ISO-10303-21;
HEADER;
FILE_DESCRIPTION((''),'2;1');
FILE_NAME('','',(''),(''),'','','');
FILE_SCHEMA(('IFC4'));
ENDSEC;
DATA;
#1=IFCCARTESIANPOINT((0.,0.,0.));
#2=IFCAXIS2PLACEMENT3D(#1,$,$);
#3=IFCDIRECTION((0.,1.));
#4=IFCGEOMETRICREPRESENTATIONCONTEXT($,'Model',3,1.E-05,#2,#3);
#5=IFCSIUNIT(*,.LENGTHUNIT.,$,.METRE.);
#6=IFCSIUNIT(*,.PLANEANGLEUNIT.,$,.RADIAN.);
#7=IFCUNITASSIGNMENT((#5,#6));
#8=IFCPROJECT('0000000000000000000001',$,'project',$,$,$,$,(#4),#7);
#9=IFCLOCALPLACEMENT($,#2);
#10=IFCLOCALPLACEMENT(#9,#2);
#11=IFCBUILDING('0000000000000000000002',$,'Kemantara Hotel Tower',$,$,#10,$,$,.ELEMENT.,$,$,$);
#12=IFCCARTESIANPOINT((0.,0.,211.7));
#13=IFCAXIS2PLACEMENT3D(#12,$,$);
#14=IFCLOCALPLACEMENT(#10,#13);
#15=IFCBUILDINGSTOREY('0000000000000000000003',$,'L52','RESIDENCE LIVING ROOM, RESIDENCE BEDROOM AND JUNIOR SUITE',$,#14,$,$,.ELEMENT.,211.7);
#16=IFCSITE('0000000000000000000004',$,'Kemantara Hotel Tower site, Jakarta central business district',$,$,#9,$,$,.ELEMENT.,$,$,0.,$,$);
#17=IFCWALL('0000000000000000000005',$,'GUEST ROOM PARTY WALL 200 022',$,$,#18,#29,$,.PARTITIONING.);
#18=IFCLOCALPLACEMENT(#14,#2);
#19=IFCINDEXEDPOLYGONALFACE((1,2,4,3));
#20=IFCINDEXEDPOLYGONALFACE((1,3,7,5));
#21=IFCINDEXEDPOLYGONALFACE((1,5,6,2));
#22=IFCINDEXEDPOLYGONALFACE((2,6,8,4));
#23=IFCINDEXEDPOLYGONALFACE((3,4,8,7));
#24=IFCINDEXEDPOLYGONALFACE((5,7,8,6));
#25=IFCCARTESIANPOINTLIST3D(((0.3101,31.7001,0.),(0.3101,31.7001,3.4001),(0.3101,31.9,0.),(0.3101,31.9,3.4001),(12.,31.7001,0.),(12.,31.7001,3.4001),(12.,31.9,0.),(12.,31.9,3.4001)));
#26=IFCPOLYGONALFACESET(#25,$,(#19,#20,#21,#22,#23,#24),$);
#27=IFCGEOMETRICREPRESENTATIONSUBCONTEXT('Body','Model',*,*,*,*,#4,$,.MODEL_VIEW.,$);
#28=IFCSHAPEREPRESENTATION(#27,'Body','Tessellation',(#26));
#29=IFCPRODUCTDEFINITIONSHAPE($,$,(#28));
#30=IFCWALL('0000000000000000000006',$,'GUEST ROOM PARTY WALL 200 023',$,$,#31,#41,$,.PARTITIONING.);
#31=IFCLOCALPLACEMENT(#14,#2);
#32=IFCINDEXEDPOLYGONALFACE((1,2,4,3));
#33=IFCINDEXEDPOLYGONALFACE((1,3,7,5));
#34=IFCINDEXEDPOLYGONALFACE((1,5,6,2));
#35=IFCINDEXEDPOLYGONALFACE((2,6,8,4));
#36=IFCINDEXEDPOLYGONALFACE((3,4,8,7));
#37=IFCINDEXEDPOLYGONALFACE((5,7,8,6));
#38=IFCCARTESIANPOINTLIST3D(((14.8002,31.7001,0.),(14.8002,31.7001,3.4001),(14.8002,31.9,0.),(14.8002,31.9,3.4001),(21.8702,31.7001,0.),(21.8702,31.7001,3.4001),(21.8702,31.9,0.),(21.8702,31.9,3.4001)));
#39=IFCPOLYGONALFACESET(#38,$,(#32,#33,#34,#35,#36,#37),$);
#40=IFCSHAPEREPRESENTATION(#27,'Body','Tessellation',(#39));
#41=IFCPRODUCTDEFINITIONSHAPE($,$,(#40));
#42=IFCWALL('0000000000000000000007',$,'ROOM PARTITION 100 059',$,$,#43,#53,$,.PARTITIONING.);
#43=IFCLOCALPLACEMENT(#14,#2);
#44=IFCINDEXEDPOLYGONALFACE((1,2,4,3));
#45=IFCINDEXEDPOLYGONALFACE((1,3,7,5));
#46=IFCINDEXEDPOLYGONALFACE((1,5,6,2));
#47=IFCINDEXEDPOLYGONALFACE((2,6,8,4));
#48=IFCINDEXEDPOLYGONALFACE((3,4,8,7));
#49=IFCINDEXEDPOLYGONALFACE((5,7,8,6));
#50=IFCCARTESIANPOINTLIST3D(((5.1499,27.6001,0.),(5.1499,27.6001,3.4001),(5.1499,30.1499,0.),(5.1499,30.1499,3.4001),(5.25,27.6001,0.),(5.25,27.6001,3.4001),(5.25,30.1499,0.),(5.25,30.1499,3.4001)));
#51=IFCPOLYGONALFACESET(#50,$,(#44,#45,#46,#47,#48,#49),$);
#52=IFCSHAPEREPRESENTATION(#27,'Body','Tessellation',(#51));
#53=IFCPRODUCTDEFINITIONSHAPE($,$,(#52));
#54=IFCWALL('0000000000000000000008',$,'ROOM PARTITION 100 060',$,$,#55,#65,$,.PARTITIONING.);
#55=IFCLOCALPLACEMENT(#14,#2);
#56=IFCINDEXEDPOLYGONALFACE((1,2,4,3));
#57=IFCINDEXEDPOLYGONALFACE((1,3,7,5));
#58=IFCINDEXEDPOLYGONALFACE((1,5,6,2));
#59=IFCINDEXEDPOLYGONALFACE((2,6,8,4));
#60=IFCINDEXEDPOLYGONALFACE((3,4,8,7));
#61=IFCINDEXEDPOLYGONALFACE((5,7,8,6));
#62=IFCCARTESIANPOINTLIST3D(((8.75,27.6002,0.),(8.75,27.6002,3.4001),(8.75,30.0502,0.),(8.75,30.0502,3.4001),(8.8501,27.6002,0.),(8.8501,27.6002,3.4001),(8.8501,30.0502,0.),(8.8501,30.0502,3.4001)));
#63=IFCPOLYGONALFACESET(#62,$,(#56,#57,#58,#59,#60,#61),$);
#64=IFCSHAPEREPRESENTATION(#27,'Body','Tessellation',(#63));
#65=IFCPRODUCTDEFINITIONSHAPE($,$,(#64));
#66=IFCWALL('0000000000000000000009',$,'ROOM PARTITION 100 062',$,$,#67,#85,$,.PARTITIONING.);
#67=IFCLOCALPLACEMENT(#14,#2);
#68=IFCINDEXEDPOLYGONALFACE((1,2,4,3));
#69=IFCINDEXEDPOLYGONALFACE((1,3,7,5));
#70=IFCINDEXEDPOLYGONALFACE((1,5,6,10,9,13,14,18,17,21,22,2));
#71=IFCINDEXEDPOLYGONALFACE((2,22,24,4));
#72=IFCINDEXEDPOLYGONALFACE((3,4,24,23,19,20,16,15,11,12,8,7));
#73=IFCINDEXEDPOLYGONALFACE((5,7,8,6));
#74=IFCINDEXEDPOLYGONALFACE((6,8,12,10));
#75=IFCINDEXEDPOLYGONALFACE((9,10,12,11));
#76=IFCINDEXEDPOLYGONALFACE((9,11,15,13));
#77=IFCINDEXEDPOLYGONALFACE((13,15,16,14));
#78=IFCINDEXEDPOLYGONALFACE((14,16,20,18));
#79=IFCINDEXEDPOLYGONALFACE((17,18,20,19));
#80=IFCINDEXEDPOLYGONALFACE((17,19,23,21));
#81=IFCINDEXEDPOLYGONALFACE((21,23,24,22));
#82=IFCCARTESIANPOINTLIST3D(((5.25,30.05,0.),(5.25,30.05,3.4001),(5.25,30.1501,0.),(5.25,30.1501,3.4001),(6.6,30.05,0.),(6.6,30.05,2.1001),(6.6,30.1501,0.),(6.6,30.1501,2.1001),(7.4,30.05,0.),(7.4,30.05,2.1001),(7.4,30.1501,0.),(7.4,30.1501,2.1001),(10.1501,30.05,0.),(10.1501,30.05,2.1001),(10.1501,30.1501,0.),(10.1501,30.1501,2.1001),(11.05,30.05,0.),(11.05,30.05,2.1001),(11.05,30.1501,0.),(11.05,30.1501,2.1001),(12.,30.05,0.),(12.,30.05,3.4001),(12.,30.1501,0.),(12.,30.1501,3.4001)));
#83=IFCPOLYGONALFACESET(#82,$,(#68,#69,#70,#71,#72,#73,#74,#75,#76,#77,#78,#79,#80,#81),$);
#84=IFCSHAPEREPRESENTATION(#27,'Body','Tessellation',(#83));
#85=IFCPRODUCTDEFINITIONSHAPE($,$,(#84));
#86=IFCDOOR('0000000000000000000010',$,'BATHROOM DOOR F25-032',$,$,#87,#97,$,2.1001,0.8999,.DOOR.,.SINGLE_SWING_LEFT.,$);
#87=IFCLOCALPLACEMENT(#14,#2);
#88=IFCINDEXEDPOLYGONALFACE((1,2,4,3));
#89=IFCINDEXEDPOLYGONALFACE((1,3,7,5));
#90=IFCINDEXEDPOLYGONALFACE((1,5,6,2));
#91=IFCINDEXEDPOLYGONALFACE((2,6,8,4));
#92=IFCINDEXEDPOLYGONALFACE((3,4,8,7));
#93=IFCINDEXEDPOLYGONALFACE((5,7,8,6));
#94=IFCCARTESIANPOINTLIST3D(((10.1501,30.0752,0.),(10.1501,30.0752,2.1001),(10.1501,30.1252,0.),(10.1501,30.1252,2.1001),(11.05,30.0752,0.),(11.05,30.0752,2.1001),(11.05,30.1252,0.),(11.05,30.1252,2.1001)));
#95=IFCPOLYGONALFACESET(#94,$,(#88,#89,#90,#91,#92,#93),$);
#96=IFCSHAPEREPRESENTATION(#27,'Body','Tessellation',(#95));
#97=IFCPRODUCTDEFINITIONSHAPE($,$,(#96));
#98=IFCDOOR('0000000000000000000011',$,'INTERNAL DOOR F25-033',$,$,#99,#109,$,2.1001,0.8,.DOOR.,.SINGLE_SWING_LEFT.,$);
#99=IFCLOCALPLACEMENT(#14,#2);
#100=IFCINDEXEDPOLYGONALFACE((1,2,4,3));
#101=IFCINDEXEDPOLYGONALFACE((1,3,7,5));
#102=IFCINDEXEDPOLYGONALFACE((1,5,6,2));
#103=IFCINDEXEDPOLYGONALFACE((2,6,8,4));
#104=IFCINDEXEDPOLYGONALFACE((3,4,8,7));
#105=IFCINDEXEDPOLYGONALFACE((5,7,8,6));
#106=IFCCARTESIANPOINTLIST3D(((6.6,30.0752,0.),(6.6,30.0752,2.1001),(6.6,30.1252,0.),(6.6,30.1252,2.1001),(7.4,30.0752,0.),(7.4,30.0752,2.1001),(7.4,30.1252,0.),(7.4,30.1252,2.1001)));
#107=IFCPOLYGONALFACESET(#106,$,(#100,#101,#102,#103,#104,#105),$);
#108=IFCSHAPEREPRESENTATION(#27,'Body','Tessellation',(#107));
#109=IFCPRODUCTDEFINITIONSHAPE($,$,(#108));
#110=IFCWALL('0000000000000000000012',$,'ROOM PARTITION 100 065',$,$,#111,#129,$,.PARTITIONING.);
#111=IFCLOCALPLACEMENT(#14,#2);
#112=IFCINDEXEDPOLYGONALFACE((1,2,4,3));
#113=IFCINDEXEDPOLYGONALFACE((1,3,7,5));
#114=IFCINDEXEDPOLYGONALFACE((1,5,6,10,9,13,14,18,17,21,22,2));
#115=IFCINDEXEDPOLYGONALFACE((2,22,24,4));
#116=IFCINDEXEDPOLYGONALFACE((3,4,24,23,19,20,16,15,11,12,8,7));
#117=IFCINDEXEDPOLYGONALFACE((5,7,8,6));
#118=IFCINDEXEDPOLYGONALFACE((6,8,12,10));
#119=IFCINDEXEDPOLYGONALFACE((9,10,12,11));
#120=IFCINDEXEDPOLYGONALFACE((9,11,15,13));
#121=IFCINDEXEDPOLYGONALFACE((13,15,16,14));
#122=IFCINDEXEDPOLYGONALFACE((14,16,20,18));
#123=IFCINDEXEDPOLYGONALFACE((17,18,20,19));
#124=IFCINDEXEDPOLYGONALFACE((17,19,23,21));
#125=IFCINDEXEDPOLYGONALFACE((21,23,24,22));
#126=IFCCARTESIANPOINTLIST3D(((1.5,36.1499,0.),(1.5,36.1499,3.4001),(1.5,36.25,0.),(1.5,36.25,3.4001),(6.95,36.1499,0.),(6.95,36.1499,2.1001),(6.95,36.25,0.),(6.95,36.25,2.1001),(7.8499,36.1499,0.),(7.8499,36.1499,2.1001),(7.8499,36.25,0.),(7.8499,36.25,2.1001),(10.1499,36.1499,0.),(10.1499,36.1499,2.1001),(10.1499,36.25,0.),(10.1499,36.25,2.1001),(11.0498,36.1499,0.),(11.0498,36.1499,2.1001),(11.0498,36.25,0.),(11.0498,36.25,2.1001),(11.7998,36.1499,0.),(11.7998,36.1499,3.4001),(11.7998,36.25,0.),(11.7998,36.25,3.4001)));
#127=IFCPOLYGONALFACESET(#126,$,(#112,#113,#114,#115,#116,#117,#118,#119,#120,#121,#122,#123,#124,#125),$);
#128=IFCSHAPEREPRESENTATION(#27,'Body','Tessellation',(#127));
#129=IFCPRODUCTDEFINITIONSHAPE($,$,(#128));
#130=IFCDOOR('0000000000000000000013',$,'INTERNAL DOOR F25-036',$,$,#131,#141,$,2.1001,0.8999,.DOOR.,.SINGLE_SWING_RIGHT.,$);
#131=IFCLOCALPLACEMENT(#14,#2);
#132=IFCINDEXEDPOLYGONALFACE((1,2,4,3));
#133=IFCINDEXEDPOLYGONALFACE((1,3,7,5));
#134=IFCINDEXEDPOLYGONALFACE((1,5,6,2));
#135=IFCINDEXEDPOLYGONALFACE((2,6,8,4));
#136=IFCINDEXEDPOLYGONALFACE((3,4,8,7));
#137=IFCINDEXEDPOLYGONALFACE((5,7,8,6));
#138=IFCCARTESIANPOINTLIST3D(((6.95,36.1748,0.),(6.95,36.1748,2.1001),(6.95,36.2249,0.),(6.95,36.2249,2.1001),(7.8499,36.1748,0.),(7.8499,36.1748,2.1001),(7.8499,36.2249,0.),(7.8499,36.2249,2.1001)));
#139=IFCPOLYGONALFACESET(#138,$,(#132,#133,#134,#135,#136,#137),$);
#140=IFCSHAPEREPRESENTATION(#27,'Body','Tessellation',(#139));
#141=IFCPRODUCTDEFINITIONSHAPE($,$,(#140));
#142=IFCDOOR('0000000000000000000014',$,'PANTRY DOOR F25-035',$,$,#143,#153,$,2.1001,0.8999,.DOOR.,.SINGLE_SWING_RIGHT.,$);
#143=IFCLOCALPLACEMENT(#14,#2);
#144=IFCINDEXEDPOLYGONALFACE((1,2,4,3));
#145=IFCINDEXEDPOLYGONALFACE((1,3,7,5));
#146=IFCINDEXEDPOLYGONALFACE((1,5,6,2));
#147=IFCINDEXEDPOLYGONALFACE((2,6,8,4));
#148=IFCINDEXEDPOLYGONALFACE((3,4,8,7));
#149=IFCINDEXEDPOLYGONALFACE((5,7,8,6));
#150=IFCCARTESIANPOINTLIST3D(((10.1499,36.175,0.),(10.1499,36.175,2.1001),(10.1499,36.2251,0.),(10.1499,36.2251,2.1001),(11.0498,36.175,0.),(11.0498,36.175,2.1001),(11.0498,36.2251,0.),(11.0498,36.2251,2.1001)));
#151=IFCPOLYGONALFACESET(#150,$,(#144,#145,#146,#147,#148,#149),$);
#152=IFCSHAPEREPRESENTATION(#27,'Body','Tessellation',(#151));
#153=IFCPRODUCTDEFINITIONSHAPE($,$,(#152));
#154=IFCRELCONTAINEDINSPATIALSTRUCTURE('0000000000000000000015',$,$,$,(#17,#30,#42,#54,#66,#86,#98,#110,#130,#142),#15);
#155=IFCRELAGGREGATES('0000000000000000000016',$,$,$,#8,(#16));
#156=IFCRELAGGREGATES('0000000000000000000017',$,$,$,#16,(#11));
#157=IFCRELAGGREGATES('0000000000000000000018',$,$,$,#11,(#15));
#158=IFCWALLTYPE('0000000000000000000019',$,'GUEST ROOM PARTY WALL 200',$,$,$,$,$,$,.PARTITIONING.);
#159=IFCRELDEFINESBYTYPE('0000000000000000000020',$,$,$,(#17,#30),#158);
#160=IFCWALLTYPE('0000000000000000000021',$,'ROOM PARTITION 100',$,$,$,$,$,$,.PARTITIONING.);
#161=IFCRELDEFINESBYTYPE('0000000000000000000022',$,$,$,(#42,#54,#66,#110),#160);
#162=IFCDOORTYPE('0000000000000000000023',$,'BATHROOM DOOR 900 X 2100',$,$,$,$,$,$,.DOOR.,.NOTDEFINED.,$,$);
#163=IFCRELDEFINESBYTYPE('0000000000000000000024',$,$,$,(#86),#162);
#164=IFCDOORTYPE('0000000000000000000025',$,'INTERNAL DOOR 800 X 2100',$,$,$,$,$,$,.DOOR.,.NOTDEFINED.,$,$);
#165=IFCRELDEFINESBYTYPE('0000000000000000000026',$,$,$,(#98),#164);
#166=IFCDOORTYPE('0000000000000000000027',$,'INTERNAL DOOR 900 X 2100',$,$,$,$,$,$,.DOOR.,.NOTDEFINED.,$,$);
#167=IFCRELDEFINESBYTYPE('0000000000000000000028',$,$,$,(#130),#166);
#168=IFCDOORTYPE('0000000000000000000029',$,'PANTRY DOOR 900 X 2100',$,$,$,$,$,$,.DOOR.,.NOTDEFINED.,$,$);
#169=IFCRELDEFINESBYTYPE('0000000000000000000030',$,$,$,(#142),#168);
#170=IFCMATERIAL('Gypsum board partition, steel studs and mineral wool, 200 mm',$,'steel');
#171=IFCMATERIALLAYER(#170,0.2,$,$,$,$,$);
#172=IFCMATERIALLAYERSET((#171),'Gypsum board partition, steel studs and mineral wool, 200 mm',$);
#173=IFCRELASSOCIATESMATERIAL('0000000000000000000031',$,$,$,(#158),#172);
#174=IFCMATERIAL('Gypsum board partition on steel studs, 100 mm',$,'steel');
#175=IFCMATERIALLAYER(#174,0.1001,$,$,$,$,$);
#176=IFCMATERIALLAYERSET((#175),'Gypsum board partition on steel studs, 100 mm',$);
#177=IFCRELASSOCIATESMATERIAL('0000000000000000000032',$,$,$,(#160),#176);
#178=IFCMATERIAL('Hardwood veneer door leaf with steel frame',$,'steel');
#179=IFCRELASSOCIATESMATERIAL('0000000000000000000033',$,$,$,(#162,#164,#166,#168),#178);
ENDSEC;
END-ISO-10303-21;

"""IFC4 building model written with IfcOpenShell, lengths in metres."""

from ifc_helpers import new_model, si_unit, direction, frame, frame_2d, origin, place, context, subcontext, project, spatial, rectangle, extrude, material, layer, layer_set, type_object, element, fill, save


model = new_model("IFC4")

# Units and contexts
model_context = context("Model", 3, precision=1e-05, world=origin(), true_north=direction((0.0, 1.0)))
body_context = subcontext(model_context, "Body", "Model", "MODEL_VIEW")
ifc_project = project(units=[si_unit("LENGTHUNIT", "METRE"), si_unit("PLANEANGLEUNIT", "RADIAN")], contexts=[model_context])

# Site, building, storey
site_placement = place(None, origin())
site = spatial("IfcSite", under=ifc_project, at=site_placement, Name="Kemantara Hotel Tower site, Jakarta central business district", CompositionType="ELEMENT", RefElevation=0.0)
building_placement = place(site_placement, origin())
building = spatial("IfcBuilding", under=site, at=building_placement, Name="Kemantara Hotel Tower", CompositionType="ELEMENT")
storey_placement = place(building_placement, frame((0.0, 0.0, 211.7)))
storey = spatial("IfcBuildingStorey", under=building, at=storey_placement, Name="L52", Description="RESIDENCE LIVING ROOM, RESIDENCE BEDROOM AND JUNIOR SUITE", CompositionType="ELEMENT", Elevation=211.7)

# Shared definitions
ifc_material_1 = material(Name="Gypsum board partition, steel studs and mineral wool, 200 mm", Category="steel")
ifc_material_2 = material(Name="Hardwood veneer door leaf with steel frame", Category="steel")

# Walls
ifc_layer_1 = layer(ifc_material_1, 0.2)
ifc_layer_set_1 = layer_set([ifc_layer_1], Name="Gypsum board partition, steel studs and mineral wool, 200 mm")
wall_type_1 = type_object("IfcWallType", Name="GUEST ROOM PARTY WALL 200", PredefinedType="PARTITIONING", material=ifc_layer_set_1)
wall_1_placement = place(storey_placement, frame((0.3101, 31.8, 0.0), z_axis=(0.0, 0.0, 1.0), x_axis=(1.0, 0.0, 0.0)))
element("IfcWall", 1, at=wall_1_placement, inside=storey, type_object=wall_type_1, Name="GUEST ROOM PARTY WALL 200 022", PredefinedType="PARTITIONING", context=body_context, shape_type="SweptSolid", body=[
    extrude(rectangle(XDim=11.6899, YDim=0.2, at=frame_2d((5.845, 0.0))), origin(), (0.0, 0.0, 1.0), 3.4001),
])
wall_2_placement = place(storey_placement, frame((14.8, 31.8, 0.0), z_axis=(0.0, 0.0, 1.0), x_axis=(1.0, 0.0, 0.0)))
element("IfcWall", 2, at=wall_2_placement, inside=storey, type_object=wall_type_1, Name="GUEST ROOM PARTY WALL 200 023", PredefinedType="PARTITIONING", context=body_context, shape_type="SweptSolid", body=[
    extrude(rectangle(XDim=7.0701, YDim=0.2, at=frame_2d((3.5352, 0.0))), origin(), (0.0, 0.0, 1.0), 3.4001),
])
ifc_material_3 = material(Name="Gypsum board partition on steel studs, 100 mm", Category="steel")
ifc_layer_2 = layer(ifc_material_3, 0.1001)
ifc_layer_set_2 = layer_set([ifc_layer_2], Name="Gypsum board partition on steel studs, 100 mm")
wall_type_2 = type_object("IfcWallType", Name="ROOM PARTITION 100", PredefinedType="PARTITIONING", material=ifc_layer_set_2)
wall_3_placement = place(storey_placement, frame((5.2, 27.6001, 0.0), z_axis=(0.0, 0.0, 1.0), x_axis=(0.0, 1.0, 0.0)))
element("IfcWall", 3, at=wall_3_placement, inside=storey, type_object=wall_type_2, Name="ROOM PARTITION 100 059", PredefinedType="PARTITIONING", context=body_context, shape_type="SweptSolid", body=[
    extrude(rectangle(XDim=2.5498, YDim=0.1001, at=frame_2d((1.2749, 0.0))), origin(), (0.0, 0.0, 1.0), 3.4001),
])
wall_4_placement = place(storey_placement, frame((8.8, 27.6001, 0.0), z_axis=(0.0, 0.0, 1.0), x_axis=(0.0, 1.0, 0.0)))
element("IfcWall", 4, at=wall_4_placement, inside=storey, type_object=wall_type_2, Name="ROOM PARTITION 100 060", PredefinedType="PARTITIONING", context=body_context, shape_type="SweptSolid", body=[
    extrude(rectangle(XDim=2.45, YDim=0.1001, at=frame_2d((1.2251, 0.0))), origin(), (0.0, 0.0, 1.0), 3.4001),
])

# Walls, openings, doors
wall_5_placement = place(storey_placement, frame((12.0, 30.1001, 0.0), z_axis=(0.0, 0.0, 1.0), x_axis=(-1.0, 0.0, 0.0)))
wall_5 = element("IfcWall", 5, at=wall_5_placement, inside=storey, type_object=wall_type_2, Name="ROOM PARTITION 100 062", PredefinedType="PARTITIONING", context=body_context, shape_type="SweptSolid", body=[
    extrude(rectangle(XDim=6.75, YDim=0.1001, at=frame_2d((3.375, 0.0))), origin(), (0.0, 0.0, 1.0), 3.4001),
])
opening_1_placement = place(wall_5_placement, frame((0.95, 0.0, 0.0)))
opening_1 = element("IfcOpeningElement", 6, at=opening_1_placement, cuts=wall_5, PredefinedType="OPENING", context=body_context, shape_type="SweptSolid", body=[
    extrude(rectangle(XDim=0.8999, YDim=2.1001, at=frame_2d((0.45, 1.05))), frame((0.0, 0.0601, 0.0), z_axis=(0.0, -1.0, 0.0), x_axis=(1.0, 0.0, 0.0)), (0.0, 0.0, 1.0), 0.1201),
])
opening_2_placement = place(wall_5_placement, frame((4.6001, 0.0, 0.0)))
opening_2 = element("IfcOpeningElement", 7, at=opening_2_placement, cuts=wall_5, PredefinedType="OPENING", context=body_context, shape_type="SweptSolid", body=[
    extrude(rectangle(XDim=0.8, YDim=2.1001, at=frame_2d((0.3999, 1.05))), frame((0.0, 0.0601, 0.0), z_axis=(0.0, -1.0, 0.0), x_axis=(1.0, 0.0, 0.0)), (0.0, 0.0, 1.0), 0.1201),
])
door_type_1 = type_object("IfcDoorType", Name="BATHROOM DOOR 900 X 2100", OperationType="NOTDEFINED", PredefinedType="DOOR", material=ifc_material_2)
door_1_placement = place(opening_1_placement, origin())
door_1 = element("IfcDoor", 8, at=door_1_placement, inside=storey, type_object=door_type_1, Name="BATHROOM DOOR F25-032", OperationType="SINGLE_SWING_LEFT", OverallHeight=2.1001, OverallWidth=0.8999, PredefinedType="DOOR", context=body_context, shape_type="SweptSolid", body=[
    extrude(rectangle(XDim=0.8999, YDim=2.1001, at=frame_2d((0.45, 1.05))), frame((0.0, 0.0249, 0.0), z_axis=(0.0, -1.0, 0.0), x_axis=(1.0, 0.0, 0.0)), (0.0, 0.0, 1.0), 0.05),
])
fill(opening_1, door_1)
door_type_2 = type_object("IfcDoorType", Name="INTERNAL DOOR 800 X 2100", OperationType="NOTDEFINED", PredefinedType="DOOR", material=ifc_material_2)
door_2_placement = place(opening_2_placement, origin())
door_2 = element("IfcDoor", 9, at=door_2_placement, inside=storey, type_object=door_type_2, Name="INTERNAL DOOR F25-033", OperationType="SINGLE_SWING_LEFT", OverallHeight=2.1001, OverallWidth=0.8, PredefinedType="DOOR", context=body_context, shape_type="SweptSolid", body=[
    extrude(rectangle(XDim=0.8, YDim=2.1001, at=frame_2d((0.3999, 1.05))), frame((0.0, 0.0249, 0.0), z_axis=(0.0, -1.0, 0.0), x_axis=(1.0, 0.0, 0.0)), (0.0, 0.0, 1.0), 0.05),
])
fill(opening_2, door_2)
wall_6_placement = place(storey_placement, frame((1.5, 36.2, 0.0), z_axis=(0.0, 0.0, 1.0), x_axis=(1.0, 0.0, 0.0)))
wall_6 = element("IfcWall", 10, at=wall_6_placement, inside=storey, type_object=wall_type_2, Name="ROOM PARTITION 100 065", PredefinedType="PARTITIONING", context=body_context, shape_type="SweptSolid", body=[
    extrude(rectangle(XDim=10.2998, YDim=0.1001, at=frame_2d((5.1499, 0.0))), origin(), (0.0, 0.0, 1.0), 3.4001),
])
opening_3_placement = place(wall_6_placement, frame((8.6499, 0.0, 0.0)))
opening_3 = element("IfcOpeningElement", 11, at=opening_3_placement, cuts=wall_6, PredefinedType="OPENING", context=body_context, shape_type="SweptSolid", body=[
    extrude(rectangle(XDim=0.8999, YDim=2.1001, at=frame_2d((0.45, 1.05))), frame((0.0, 0.0601, 0.0), z_axis=(0.0, -1.0, 0.0), x_axis=(1.0, 0.0, 0.0)), (0.0, 0.0, 1.0), 0.1201),
])
opening_4_placement = place(wall_6_placement, frame((5.45, 0.0, 0.0)))
opening_4 = element("IfcOpeningElement", 12, at=opening_4_placement, cuts=wall_6, PredefinedType="OPENING", context=body_context, shape_type="SweptSolid", body=[
    extrude(rectangle(XDim=0.8999, YDim=2.1001, at=frame_2d((0.45, 1.05))), frame((0.0, 0.0601, 0.0), z_axis=(0.0, -1.0, 0.0), x_axis=(1.0, 0.0, 0.0)), (0.0, 0.0, 1.0), 0.1201),
])
door_type_3 = type_object("IfcDoorType", Name="INTERNAL DOOR 900 X 2100", OperationType="NOTDEFINED", PredefinedType="DOOR", material=ifc_material_2)
door_3_placement = place(opening_4_placement, origin())
door_3 = element("IfcDoor", 13, at=door_3_placement, inside=storey, type_object=door_type_3, Name="INTERNAL DOOR F25-036", OperationType="SINGLE_SWING_RIGHT", OverallHeight=2.1001, OverallWidth=0.8999, PredefinedType="DOOR", context=body_context, shape_type="SweptSolid", body=[
    extrude(rectangle(XDim=0.8999, YDim=2.1001, at=frame_2d((0.45, 1.05))), frame((0.0, 0.0249, 0.0), z_axis=(0.0, -1.0, 0.0), x_axis=(1.0, 0.0, 0.0)), (0.0, 0.0, 1.0), 0.05),
])
fill(opening_4, door_3)
door_type_4 = type_object("IfcDoorType", Name="PANTRY DOOR 900 X 2100", OperationType="NOTDEFINED", PredefinedType="DOOR", material=ifc_material_2)
door_4_placement = place(opening_3_placement, frame((0.8999, 0.0, 0.0), z_axis=(0.0, 0.0, 1.0), x_axis=(-1.0, 0.0, 0.0)))
door_4 = element("IfcDoor", 14, at=door_4_placement, inside=storey, type_object=door_type_4, Name="PANTRY DOOR F25-035", OperationType="SINGLE_SWING_RIGHT", OverallHeight=2.1001, OverallWidth=0.8999, PredefinedType="DOOR", context=body_context, shape_type="SweptSolid", body=[
    extrude(rectangle(XDim=0.8999, YDim=2.1001, at=frame_2d((0.45, 1.05))), frame((0.0, 0.0249, 0.0), z_axis=(0.0, -1.0, 0.0), x_axis=(1.0, 0.0, 0.0)), (0.0, 0.0, 1.0), 0.05),
])
fill(opening_3, door_4)

save(model, "model.ifc")
